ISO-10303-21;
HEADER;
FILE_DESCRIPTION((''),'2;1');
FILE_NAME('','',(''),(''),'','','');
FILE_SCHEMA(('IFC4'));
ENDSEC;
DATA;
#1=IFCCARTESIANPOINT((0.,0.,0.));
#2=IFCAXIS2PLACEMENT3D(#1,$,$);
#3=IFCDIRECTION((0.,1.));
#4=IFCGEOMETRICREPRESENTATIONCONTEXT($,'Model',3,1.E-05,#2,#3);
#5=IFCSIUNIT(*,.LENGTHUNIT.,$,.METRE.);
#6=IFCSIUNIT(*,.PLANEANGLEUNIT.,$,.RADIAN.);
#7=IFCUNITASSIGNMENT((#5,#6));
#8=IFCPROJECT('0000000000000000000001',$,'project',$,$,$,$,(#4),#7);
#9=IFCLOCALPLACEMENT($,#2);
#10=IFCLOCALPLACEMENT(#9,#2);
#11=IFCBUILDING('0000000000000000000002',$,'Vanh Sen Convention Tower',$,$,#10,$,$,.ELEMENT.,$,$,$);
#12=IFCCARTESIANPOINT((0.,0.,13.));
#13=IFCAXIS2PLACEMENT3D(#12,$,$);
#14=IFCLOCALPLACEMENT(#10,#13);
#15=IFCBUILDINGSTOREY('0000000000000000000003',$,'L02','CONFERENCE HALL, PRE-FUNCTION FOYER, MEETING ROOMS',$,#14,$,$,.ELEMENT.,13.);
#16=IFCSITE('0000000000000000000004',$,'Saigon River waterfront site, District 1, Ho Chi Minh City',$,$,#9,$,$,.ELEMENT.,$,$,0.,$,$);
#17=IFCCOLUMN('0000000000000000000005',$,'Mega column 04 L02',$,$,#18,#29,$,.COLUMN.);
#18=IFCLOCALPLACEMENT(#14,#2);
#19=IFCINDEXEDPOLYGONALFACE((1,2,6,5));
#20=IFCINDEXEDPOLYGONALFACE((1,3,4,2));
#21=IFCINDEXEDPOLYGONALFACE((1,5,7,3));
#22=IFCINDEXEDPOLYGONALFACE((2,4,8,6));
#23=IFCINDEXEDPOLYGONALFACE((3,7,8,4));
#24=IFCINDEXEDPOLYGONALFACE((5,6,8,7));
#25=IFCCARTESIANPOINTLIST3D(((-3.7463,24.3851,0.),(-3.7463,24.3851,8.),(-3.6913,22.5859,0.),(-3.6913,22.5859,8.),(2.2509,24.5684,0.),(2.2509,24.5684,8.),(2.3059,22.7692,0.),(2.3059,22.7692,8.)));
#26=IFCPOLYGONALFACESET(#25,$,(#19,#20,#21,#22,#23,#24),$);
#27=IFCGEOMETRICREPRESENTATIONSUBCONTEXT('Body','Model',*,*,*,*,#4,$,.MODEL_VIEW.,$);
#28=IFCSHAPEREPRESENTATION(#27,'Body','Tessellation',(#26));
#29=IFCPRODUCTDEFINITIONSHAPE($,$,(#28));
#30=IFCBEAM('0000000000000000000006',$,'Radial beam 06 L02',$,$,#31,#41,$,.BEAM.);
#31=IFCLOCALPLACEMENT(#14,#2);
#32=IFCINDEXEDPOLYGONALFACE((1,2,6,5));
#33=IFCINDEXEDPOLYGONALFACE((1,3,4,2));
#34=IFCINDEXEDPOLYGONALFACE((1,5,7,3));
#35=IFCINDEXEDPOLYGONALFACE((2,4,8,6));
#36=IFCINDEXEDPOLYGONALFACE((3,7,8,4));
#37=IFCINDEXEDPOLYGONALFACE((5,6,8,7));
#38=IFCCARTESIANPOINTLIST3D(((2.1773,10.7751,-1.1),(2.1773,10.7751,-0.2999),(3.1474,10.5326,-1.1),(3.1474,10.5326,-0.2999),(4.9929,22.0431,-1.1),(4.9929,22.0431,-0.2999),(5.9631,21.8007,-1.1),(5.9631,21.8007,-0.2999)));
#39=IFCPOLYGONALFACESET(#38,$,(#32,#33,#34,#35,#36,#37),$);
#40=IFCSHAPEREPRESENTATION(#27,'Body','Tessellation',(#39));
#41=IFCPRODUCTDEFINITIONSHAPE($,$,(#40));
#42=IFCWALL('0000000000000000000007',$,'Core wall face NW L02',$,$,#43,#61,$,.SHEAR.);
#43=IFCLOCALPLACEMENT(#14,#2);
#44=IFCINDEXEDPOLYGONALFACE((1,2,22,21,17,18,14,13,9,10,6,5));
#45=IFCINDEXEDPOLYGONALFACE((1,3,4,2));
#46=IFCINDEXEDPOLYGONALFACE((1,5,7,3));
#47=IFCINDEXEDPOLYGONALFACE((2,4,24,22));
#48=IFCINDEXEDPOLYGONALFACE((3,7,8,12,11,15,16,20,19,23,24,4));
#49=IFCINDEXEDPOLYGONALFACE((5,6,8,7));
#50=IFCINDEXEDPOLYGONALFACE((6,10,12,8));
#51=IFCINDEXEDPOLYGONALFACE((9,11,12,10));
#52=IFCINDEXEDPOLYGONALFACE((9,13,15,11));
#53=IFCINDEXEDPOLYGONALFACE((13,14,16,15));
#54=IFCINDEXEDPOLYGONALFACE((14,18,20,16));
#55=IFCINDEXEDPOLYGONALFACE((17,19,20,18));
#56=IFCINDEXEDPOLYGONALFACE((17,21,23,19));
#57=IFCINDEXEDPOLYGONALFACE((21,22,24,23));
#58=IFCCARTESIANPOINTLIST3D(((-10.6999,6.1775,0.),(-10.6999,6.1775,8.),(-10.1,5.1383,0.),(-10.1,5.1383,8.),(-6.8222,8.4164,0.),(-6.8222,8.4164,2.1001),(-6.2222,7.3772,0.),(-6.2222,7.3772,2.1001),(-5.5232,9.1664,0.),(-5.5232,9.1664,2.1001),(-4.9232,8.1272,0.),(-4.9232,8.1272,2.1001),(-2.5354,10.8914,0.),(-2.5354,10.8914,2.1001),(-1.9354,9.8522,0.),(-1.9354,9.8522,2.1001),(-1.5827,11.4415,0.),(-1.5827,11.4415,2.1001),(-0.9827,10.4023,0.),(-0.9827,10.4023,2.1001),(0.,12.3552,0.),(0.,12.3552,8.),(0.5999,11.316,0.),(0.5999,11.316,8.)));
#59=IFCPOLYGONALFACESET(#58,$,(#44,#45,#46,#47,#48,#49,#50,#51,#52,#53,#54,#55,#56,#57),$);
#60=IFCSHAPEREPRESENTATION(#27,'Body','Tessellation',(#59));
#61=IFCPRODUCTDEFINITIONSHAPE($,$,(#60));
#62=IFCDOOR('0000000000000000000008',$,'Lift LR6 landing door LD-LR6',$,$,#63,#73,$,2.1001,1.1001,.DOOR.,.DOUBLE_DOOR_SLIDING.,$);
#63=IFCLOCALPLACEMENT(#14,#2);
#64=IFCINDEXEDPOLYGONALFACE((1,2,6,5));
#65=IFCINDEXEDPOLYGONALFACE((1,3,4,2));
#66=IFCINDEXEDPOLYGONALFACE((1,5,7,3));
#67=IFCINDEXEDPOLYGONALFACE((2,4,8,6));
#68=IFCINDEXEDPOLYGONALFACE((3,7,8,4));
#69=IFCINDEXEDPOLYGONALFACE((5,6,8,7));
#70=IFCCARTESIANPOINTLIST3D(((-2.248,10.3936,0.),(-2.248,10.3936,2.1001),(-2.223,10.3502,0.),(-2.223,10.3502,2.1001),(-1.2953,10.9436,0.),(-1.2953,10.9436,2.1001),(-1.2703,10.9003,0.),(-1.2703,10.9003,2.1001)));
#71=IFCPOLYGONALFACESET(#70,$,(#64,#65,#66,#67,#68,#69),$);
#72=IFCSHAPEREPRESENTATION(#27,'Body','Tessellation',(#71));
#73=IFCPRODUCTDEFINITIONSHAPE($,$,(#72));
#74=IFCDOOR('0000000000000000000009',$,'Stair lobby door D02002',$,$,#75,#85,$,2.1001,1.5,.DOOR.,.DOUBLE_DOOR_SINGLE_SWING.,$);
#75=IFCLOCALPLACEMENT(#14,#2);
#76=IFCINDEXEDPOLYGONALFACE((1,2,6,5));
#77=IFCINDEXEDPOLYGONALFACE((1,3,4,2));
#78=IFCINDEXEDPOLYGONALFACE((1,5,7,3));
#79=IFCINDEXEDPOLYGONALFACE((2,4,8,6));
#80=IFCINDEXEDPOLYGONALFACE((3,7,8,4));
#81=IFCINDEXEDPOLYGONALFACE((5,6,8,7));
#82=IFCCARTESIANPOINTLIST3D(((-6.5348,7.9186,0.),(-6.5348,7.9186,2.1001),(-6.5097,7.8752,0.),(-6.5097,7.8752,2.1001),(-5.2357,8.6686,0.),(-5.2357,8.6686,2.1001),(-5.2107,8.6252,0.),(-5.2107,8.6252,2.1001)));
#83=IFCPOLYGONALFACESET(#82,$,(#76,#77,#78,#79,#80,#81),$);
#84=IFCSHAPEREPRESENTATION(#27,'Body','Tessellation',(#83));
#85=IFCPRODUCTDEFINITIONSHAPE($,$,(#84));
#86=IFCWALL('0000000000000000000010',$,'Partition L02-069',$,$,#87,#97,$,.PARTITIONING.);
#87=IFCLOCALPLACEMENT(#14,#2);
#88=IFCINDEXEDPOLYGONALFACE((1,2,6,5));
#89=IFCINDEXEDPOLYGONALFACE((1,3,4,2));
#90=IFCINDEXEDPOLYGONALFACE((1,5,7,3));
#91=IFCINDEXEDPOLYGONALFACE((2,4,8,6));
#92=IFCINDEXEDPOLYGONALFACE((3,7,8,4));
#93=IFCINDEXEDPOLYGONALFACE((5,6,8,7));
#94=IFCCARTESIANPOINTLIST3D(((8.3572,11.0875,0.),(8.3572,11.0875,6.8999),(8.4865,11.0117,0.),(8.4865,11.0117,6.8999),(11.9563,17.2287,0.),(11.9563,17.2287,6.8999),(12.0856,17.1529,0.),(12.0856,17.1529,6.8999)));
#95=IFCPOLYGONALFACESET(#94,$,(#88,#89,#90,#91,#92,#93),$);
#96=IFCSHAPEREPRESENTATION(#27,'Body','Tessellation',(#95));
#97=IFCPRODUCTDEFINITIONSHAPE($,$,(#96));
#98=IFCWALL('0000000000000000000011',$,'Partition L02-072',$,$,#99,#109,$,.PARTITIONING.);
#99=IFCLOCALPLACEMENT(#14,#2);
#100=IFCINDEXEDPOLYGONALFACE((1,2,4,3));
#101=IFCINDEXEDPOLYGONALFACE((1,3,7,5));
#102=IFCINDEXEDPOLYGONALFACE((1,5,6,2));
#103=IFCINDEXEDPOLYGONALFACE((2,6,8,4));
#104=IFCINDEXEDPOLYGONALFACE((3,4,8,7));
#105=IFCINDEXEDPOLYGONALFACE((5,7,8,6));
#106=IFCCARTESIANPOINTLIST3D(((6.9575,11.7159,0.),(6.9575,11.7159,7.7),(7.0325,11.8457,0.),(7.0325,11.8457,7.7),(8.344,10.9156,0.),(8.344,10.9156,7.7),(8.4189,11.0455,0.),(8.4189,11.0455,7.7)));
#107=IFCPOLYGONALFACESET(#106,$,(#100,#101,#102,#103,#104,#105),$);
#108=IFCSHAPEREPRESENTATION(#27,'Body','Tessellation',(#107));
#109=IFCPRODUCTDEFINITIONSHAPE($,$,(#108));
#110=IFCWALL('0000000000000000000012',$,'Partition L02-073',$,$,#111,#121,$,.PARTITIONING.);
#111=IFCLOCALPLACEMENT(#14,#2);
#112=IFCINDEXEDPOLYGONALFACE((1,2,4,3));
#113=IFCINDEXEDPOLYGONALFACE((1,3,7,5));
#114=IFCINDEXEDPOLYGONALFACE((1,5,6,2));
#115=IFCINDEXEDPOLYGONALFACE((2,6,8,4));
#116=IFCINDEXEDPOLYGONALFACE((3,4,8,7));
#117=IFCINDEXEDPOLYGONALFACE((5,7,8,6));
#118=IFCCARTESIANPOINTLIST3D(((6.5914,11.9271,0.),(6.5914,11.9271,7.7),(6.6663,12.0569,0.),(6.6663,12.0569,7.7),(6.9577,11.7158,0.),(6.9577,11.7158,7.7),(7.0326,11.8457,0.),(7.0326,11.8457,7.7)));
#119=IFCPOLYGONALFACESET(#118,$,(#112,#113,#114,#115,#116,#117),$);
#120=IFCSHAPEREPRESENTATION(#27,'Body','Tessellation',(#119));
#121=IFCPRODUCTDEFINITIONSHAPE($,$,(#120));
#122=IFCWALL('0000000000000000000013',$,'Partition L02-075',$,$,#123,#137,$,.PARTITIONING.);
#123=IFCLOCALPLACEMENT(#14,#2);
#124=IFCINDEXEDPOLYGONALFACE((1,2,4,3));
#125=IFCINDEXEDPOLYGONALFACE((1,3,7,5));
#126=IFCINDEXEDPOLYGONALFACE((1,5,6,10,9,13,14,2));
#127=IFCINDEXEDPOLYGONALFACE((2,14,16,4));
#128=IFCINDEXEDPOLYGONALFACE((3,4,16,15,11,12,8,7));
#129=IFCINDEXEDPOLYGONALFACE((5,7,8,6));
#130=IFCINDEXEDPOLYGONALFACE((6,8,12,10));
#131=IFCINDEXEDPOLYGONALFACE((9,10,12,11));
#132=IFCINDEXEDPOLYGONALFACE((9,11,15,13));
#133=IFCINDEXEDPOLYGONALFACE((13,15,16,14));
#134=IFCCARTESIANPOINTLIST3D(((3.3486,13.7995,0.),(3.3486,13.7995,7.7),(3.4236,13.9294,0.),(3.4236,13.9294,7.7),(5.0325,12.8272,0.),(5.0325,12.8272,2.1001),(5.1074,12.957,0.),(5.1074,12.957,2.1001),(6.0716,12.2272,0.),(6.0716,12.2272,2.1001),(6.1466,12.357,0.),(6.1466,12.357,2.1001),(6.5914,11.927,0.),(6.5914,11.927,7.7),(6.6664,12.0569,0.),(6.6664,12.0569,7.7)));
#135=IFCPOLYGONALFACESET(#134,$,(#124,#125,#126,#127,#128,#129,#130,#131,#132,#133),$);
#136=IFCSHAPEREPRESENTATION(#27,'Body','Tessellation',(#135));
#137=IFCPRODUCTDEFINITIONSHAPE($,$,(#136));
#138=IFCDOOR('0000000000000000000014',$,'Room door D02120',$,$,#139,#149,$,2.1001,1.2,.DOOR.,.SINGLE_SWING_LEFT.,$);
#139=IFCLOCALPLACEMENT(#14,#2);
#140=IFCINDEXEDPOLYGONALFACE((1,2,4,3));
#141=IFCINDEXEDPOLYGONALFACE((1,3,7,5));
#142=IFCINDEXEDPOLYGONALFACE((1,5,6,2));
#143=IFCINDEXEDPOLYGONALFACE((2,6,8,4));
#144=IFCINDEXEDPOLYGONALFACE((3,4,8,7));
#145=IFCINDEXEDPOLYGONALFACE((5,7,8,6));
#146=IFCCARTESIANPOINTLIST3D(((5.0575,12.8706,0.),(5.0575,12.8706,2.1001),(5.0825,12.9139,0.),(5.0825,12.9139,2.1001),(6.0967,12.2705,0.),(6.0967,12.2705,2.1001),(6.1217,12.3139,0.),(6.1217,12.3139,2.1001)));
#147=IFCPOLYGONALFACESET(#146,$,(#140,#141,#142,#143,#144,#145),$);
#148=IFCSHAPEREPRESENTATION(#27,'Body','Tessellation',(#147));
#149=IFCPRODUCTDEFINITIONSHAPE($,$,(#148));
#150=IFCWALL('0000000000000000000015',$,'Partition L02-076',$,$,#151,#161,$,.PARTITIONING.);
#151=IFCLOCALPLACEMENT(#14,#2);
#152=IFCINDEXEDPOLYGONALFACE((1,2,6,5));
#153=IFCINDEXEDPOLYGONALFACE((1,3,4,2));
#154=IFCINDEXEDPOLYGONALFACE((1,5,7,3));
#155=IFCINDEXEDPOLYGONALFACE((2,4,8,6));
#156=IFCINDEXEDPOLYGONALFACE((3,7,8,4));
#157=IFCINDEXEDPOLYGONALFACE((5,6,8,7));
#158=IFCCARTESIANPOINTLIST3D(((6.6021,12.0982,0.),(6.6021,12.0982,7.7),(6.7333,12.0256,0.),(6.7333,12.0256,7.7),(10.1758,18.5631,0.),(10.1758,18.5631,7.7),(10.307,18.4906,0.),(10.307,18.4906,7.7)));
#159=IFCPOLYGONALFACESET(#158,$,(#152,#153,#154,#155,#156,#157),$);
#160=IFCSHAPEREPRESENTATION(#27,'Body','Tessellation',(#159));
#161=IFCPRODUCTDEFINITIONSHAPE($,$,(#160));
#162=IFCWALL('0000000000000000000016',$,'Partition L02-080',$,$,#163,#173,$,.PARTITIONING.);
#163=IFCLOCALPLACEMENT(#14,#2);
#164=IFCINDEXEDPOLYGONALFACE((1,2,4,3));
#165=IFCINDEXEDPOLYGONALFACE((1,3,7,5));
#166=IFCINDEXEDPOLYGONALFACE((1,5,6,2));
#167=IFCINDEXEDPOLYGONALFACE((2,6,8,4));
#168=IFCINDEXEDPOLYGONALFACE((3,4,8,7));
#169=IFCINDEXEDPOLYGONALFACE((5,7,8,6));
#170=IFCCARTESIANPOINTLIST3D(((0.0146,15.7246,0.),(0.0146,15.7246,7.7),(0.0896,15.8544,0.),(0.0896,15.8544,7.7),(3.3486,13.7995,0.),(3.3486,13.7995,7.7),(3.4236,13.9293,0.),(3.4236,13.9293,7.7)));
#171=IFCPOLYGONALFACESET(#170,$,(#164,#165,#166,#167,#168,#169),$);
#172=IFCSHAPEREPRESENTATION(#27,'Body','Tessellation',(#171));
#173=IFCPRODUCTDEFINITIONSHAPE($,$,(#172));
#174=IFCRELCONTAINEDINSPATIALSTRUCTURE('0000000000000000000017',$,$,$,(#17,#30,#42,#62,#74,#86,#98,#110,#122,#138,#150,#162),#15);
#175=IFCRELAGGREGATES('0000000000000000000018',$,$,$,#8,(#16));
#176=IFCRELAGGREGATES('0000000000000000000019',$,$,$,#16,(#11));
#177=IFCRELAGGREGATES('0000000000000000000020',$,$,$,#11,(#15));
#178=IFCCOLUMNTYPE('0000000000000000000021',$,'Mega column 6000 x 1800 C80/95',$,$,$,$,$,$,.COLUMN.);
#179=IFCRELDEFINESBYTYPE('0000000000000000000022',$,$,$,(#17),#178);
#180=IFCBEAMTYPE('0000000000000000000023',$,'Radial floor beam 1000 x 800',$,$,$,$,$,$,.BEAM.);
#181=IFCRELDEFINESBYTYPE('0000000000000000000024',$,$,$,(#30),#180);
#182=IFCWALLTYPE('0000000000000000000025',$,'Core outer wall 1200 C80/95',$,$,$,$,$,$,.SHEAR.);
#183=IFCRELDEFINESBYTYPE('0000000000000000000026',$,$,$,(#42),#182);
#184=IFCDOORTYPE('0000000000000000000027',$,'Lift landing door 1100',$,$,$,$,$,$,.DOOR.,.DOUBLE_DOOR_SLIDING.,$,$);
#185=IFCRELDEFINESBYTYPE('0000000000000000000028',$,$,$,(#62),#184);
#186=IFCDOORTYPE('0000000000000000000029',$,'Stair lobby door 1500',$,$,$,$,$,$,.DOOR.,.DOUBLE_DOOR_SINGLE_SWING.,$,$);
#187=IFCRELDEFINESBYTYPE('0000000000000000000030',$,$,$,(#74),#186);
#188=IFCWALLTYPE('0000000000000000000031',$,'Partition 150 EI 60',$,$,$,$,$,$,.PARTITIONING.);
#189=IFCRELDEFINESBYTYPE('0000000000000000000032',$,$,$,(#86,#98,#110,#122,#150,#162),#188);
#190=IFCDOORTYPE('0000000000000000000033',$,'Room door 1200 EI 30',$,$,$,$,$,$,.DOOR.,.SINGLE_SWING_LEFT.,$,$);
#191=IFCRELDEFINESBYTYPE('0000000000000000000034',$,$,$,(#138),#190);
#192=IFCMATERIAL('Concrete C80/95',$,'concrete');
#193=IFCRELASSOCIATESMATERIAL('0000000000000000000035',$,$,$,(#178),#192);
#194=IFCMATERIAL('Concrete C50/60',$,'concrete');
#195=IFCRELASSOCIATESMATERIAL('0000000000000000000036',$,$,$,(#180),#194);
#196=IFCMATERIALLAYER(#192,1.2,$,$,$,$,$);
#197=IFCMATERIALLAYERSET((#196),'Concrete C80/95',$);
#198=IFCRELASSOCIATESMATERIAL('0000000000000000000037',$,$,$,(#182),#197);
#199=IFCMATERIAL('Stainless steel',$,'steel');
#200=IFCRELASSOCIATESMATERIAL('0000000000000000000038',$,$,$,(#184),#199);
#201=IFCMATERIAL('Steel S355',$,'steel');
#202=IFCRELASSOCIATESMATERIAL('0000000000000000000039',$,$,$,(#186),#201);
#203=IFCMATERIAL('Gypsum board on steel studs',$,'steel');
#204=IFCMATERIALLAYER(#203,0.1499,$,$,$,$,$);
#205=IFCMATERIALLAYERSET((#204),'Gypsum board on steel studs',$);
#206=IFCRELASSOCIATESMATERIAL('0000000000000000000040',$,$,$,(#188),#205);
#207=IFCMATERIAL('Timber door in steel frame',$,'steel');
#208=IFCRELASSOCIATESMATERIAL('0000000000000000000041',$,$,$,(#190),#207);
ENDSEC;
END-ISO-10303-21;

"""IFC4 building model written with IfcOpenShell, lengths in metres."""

from ifc_helpers import new_model, si_unit, direction, frame, frame_2d, origin, origin_2d, place, context, subcontext, project, spatial, rectangle, extrude, material, layer, layer_set, material_profile, profile_set, type_object, element, fill, save


model = new_model("IFC4")

# Units and contexts
model_context = context("Model", 3, precision=1e-05, world=origin(), true_north=direction((0.0, 1.0)))
body_context = subcontext(model_context, "Body", "Model", "MODEL_VIEW")
ifc_project = project(units=[si_unit("LENGTHUNIT", "METRE"), si_unit("PLANEANGLEUNIT", "RADIAN")], contexts=[model_context])

# Site, building, storey
site_placement = place(None, origin())
site = spatial("IfcSite", under=ifc_project, at=site_placement, Name="Saigon River waterfront site, District 1, Ho Chi Minh City", CompositionType="ELEMENT", RefElevation=0.0)
building_placement = place(site_placement, origin())
building = spatial("IfcBuilding", under=site, at=building_placement, Name="Vanh Sen Convention Tower", CompositionType="ELEMENT")
storey_placement = place(building_placement, frame((0.0, 0.0, 13.0)))
storey = spatial("IfcBuildingStorey", under=building, at=storey_placement, Name="L02", Description="CONFERENCE HALL, PRE-FUNCTION FOYER, MEETING ROOMS", CompositionType="ELEMENT", Elevation=13.0)

# Column
ifc_material_1 = material(Name="Concrete C80/95", Category="concrete")
ifc_material_profile_1 = material_profile(ifc_material_1, rectangle(XDim=6.0, YDim=1.8, at=origin_2d()), Name="RC 6000X1800")
ifc_profile_set_1 = profile_set([ifc_material_profile_1], Name="Concrete C80/95")
column_type = type_object("IfcColumnType", Name="Mega column 6000 x 1800 C80/95", PredefinedType="COLUMN", material=ifc_profile_set_1)
column_placement = place(storey_placement, frame((-0.7202, 23.5771, 0.0), z_axis=(0.0, 0.0, 1.0), x_axis=(-0.999534, -0.030537, 0.0)))
element("IfcColumn", 1, at=column_placement, inside=storey, type_object=column_type, Name="Mega column 04 L02", PredefinedType="COLUMN", context=body_context, shape_type="SweptSolid", body=[
    extrude(rectangle(XDim=6.0, YDim=1.8, at=origin_2d()), origin(), (0.0, 0.0, 1.0), 8.0),
])

# Beam
ifc_material_2 = material(Name="Concrete C50/60", Category="concrete")
ifc_material_profile_2 = material_profile(ifc_material_2, rectangle(XDim=1.0, YDim=0.8, at=origin_2d()), Name="RC 1000X800")
ifc_profile_set_2 = profile_set([ifc_material_profile_2], Name="Concrete C50/60")
beam_type = type_object("IfcBeamType", Name="Radial floor beam 1000 x 800", PredefinedType="BEAM", material=ifc_profile_set_2)
beam_placement = place(storey_placement, frame((5.478, 21.9219, -0.7), z_axis=(-0.242427, -0.97017, 0.0), x_axis=(0.97017, -0.242427, 0.0)))
element("IfcBeam", 2, at=beam_placement, inside=storey, type_object=beam_type, Name="Radial beam 06 L02", PredefinedType="BEAM", context=body_context, shape_type="SweptSolid", body=[
    extrude(rectangle(XDim=1.0, YDim=0.8, at=origin_2d()), origin(), (0.0, 0.0, 1.0), 11.6145),
])

# Wall, openings, doors
ifc_layer_1 = layer(ifc_material_1, 1.2)
ifc_layer_set_1 = layer_set([ifc_layer_1], Name="Concrete C80/95")
wall_type_1 = type_object("IfcWallType", Name="Core outer wall 1200 C80/95", PredefinedType="SHEAR", material=ifc_layer_set_1)
wall_1_placement = place(storey_placement, frame((0.3, 11.8357, 0.0), z_axis=(0.0, 0.0, 1.0), x_axis=(-0.866021, -0.500007, 0.0)))
wall_1 = element("IfcWall", 3, at=wall_1_placement, inside=storey, type_object=wall_type_1, Name="Core wall face NW L02", PredefinedType="SHEAR", context=body_context, shape_type="SweptSolid", body=[
    extrude(rectangle(XDim=12.3552, YDim=1.2, at=frame_2d((6.1777, 0.0))), origin(), (0.0, 0.0, 1.0), 8.0),
])
opening_1_placement = place(wall_1_placement, frame((6.3777, 0.0, 0.0)))
opening_1 = element("IfcOpeningElement", 4, at=opening_1_placement, cuts=wall_1, PredefinedType="OPENING", context=body_context, shape_type="SweptSolid", body=[
    extrude(rectangle(XDim=1.5, YDim=2.1001, at=frame_2d((0.75, 1.05))), frame((0.0, 0.6099, 0.0), z_axis=(0.0, -1.0, 0.0), x_axis=(1.0, 0.0, 0.0)), (0.0, 0.0, 1.0), 1.22),
])
opening_2_placement = place(wall_1_placement, frame((1.8276, 0.0, 0.0)))
opening_2 = element("IfcOpeningElement", 5, at=opening_2_placement, cuts=wall_1, PredefinedType="OPENING", context=body_context, shape_type="SweptSolid", body=[
    extrude(rectangle(XDim=1.1001, YDim=2.1001, at=frame_2d((0.55, 1.05))), frame((0.0, 0.6099, 0.0), z_axis=(0.0, -1.0, 0.0), x_axis=(1.0, 0.0, 0.0)), (0.0, 0.0, 1.0), 1.22),
])
ifc_material_3 = material(Name="Stainless steel", Category="steel")
door_type_1 = type_object("IfcDoorType", Name="Lift landing door 1100", OperationType="DOUBLE_DOOR_SLIDING", PredefinedType="DOOR", material=ifc_material_3)
door_1_placement = place(opening_2_placement, origin())
door_1 = element("IfcDoor", 6, at=door_1_placement, inside=storey, type_object=door_type_1, Name="Lift LR6 landing door LD-LR6", OperationType="DOUBLE_DOOR_SLIDING", OverallHeight=2.1001, OverallWidth=1.1001, PredefinedType="DOOR", context=body_context, shape_type="SweptSolid", body=[
    extrude(rectangle(XDim=1.1001, YDim=2.1001, at=frame_2d((0.55, 1.05))), frame((0.0, 0.0249, 0.0), z_axis=(0.0, -1.0, 0.0), x_axis=(1.0, 0.0, 0.0)), (0.0, 0.0, 1.0), 0.05),
])
fill(opening_2, door_1)
ifc_material_4 = material(Name="Steel S355", Category="steel")
door_type_2 = type_object("IfcDoorType", Name="Stair lobby door 1500", OperationType="DOUBLE_DOOR_SINGLE_SWING", PredefinedType="DOOR", material=ifc_material_4)
door_2_placement = place(opening_1_placement, origin())
door_2 = element("IfcDoor", 7, at=door_2_placement, inside=storey, type_object=door_type_2, Name="Stair lobby door D02002", OperationType="DOUBLE_DOOR_SINGLE_SWING", OverallHeight=2.1001, OverallWidth=1.5, PredefinedType="DOOR", context=body_context, shape_type="SweptSolid", body=[
    extrude(rectangle(XDim=1.5, YDim=2.1001, at=frame_2d((0.75, 1.05))), frame((0.0, 0.0249, 0.0), z_axis=(0.0, -1.0, 0.0), x_axis=(1.0, 0.0, 0.0)), (0.0, 0.0, 1.0), 0.05),
])
fill(opening_1, door_2)

# Walls
ifc_material_5 = material(Name="Gypsum board on steel studs", Category="steel")
ifc_layer_2 = layer(ifc_material_5, 0.1499)
ifc_layer_set_2 = layer_set([ifc_layer_2], Name="Gypsum board on steel studs")
wall_type_2 = type_object("IfcWallType", Name="Partition 150 EI 60", PredefinedType="PARTITIONING", material=ifc_layer_set_2)
wall_2_placement = place(storey_placement, frame((8.4219, 11.0496, 0.0), z_axis=(0.0, 0.0, 1.0), x_axis=(0.505617, 0.862758, 0.0)))
element("IfcWall", 8, at=wall_2_placement, inside=storey, type_object=wall_type_2, Name="Partition L02-069", PredefinedType="PARTITIONING", context=body_context, shape_type="SweptSolid", body=[
    extrude(rectangle(XDim=7.1182, YDim=0.1499, at=frame_2d((3.5591, 0.0))), origin(), (0.0, 0.0, 1.0), 6.8999),
])
wall_3_placement = place(storey_placement, frame((6.9951, 11.7808, 0.0), z_axis=(0.0, 0.0, 1.0), x_axis=(0.866076, -0.499912, 0.0)))
element("IfcWall", 9, at=wall_3_placement, inside=storey, type_object=wall_type_2, Name="Partition L02-072", PredefinedType="PARTITIONING", context=body_context, shape_type="SweptSolid", body=[
    extrude(rectangle(XDim=1.6008, YDim=0.1499, at=frame_2d((0.8003, 0.0))), origin(), (0.0, 0.0, 1.0), 7.7),
])
wall_4_placement = place(storey_placement, frame((6.9951, 11.7808, 0.0), z_axis=(0.0, 0.0, 1.0), x_axis=(-0.866282, 0.499556, 0.0)))
element("IfcWall", 10, at=wall_4_placement, inside=storey, type_object=wall_type_2, Name="Partition L02-073", PredefinedType="PARTITIONING", context=body_context, shape_type="SweptSolid", body=[
    extrude(rectangle(XDim=0.4229, YDim=0.1499, at=frame_2d((0.2114, 0.0))), origin(), (0.0, 0.0, 1.0), 7.7),
])

# Wall, opening, door
wall_5_placement = place(storey_placement, frame((6.6289, 11.9919, 0.0), z_axis=(0.0, 0.0, 1.0), x_axis=(-0.865996, 0.500052, 0.0)))
wall_5 = element("IfcWall", 11, at=wall_5_placement, inside=storey, type_object=wall_type_2, Name="Partition L02-075", PredefinedType="PARTITIONING", context=body_context, shape_type="SweptSolid", body=[
    extrude(rectangle(XDim=3.7446, YDim=0.1499, at=frame_2d((1.8723, 0.0))), origin(), (0.0, 0.0, 1.0), 7.7),
])
opening_3_placement = place(wall_5_placement, frame((0.6001, 0.0, 0.0)))
opening_3 = element("IfcOpeningElement", 12, at=opening_3_placement, cuts=wall_5, PredefinedType="OPENING", context=body_context, shape_type="SweptSolid", body=[
    extrude(rectangle(XDim=1.2, YDim=2.1001, at=frame_2d((0.6001, 1.05))), frame((0.0, 0.085, 0.0), z_axis=(0.0, -1.0, 0.0), x_axis=(1.0, 0.0, 0.0)), (0.0, 0.0, 1.0), 0.1699),
])
ifc_material_6 = material(Name="Timber door in steel frame", Category="steel")
door_type_3 = type_object("IfcDoorType", Name="Room door 1200 EI 30", OperationType="SINGLE_SWING_LEFT", PredefinedType="DOOR", material=ifc_material_6)
door_3_placement = place(opening_3_placement, origin())
door_3 = element("IfcDoor", 13, at=door_3_placement, inside=storey, type_object=door_type_3, Name="Room door D02120", OperationType="SINGLE_SWING_LEFT", OverallHeight=2.1001, OverallWidth=1.2, PredefinedType="DOOR", context=body_context, shape_type="SweptSolid", body=[
    extrude(rectangle(XDim=1.2, YDim=2.1001, at=frame_2d((0.6001, 1.05))), frame((0.0, 0.0249, 0.0), z_axis=(0.0, -1.0, 0.0), x_axis=(1.0, 0.0, 0.0)), (0.0, 0.0, 1.0), 0.05),
])
fill(opening_3, door_3)

# Walls
wall_6_placement = place(storey_placement, frame((6.6677, 12.062, 0.0), z_axis=(0.0, 0.0, 1.0), x_axis=(0.483795, 0.875181, 0.0)))
element("IfcWall", 14, at=wall_6_placement, inside=storey, type_object=wall_type_2, Name="Partition L02-076", PredefinedType="PARTITIONING", context=body_context, shape_type="SweptSolid", body=[
    extrude(rectangle(XDim=7.387, YDim=0.1499, at=frame_2d((3.6934, 0.0))), origin(), (0.0, 0.0, 1.0), 7.7),
])
wall_7_placement = place(storey_placement, frame((3.386, 13.8645, 0.0), z_axis=(0.0, 0.0, 1.0), x_axis=(-0.866006, 0.500034, 0.0)))
element("IfcWall", 15, at=wall_7_placement, inside=storey, type_object=wall_type_2, Name="Partition L02-080", PredefinedType="PARTITIONING", context=body_context, shape_type="SweptSolid", body=[
    extrude(rectangle(XDim=3.8499, YDim=0.1499, at=frame_2d((1.9248, 0.0))), origin(), (0.0, 0.0, 1.0), 7.7),
])

save(model, "model.ifc")
